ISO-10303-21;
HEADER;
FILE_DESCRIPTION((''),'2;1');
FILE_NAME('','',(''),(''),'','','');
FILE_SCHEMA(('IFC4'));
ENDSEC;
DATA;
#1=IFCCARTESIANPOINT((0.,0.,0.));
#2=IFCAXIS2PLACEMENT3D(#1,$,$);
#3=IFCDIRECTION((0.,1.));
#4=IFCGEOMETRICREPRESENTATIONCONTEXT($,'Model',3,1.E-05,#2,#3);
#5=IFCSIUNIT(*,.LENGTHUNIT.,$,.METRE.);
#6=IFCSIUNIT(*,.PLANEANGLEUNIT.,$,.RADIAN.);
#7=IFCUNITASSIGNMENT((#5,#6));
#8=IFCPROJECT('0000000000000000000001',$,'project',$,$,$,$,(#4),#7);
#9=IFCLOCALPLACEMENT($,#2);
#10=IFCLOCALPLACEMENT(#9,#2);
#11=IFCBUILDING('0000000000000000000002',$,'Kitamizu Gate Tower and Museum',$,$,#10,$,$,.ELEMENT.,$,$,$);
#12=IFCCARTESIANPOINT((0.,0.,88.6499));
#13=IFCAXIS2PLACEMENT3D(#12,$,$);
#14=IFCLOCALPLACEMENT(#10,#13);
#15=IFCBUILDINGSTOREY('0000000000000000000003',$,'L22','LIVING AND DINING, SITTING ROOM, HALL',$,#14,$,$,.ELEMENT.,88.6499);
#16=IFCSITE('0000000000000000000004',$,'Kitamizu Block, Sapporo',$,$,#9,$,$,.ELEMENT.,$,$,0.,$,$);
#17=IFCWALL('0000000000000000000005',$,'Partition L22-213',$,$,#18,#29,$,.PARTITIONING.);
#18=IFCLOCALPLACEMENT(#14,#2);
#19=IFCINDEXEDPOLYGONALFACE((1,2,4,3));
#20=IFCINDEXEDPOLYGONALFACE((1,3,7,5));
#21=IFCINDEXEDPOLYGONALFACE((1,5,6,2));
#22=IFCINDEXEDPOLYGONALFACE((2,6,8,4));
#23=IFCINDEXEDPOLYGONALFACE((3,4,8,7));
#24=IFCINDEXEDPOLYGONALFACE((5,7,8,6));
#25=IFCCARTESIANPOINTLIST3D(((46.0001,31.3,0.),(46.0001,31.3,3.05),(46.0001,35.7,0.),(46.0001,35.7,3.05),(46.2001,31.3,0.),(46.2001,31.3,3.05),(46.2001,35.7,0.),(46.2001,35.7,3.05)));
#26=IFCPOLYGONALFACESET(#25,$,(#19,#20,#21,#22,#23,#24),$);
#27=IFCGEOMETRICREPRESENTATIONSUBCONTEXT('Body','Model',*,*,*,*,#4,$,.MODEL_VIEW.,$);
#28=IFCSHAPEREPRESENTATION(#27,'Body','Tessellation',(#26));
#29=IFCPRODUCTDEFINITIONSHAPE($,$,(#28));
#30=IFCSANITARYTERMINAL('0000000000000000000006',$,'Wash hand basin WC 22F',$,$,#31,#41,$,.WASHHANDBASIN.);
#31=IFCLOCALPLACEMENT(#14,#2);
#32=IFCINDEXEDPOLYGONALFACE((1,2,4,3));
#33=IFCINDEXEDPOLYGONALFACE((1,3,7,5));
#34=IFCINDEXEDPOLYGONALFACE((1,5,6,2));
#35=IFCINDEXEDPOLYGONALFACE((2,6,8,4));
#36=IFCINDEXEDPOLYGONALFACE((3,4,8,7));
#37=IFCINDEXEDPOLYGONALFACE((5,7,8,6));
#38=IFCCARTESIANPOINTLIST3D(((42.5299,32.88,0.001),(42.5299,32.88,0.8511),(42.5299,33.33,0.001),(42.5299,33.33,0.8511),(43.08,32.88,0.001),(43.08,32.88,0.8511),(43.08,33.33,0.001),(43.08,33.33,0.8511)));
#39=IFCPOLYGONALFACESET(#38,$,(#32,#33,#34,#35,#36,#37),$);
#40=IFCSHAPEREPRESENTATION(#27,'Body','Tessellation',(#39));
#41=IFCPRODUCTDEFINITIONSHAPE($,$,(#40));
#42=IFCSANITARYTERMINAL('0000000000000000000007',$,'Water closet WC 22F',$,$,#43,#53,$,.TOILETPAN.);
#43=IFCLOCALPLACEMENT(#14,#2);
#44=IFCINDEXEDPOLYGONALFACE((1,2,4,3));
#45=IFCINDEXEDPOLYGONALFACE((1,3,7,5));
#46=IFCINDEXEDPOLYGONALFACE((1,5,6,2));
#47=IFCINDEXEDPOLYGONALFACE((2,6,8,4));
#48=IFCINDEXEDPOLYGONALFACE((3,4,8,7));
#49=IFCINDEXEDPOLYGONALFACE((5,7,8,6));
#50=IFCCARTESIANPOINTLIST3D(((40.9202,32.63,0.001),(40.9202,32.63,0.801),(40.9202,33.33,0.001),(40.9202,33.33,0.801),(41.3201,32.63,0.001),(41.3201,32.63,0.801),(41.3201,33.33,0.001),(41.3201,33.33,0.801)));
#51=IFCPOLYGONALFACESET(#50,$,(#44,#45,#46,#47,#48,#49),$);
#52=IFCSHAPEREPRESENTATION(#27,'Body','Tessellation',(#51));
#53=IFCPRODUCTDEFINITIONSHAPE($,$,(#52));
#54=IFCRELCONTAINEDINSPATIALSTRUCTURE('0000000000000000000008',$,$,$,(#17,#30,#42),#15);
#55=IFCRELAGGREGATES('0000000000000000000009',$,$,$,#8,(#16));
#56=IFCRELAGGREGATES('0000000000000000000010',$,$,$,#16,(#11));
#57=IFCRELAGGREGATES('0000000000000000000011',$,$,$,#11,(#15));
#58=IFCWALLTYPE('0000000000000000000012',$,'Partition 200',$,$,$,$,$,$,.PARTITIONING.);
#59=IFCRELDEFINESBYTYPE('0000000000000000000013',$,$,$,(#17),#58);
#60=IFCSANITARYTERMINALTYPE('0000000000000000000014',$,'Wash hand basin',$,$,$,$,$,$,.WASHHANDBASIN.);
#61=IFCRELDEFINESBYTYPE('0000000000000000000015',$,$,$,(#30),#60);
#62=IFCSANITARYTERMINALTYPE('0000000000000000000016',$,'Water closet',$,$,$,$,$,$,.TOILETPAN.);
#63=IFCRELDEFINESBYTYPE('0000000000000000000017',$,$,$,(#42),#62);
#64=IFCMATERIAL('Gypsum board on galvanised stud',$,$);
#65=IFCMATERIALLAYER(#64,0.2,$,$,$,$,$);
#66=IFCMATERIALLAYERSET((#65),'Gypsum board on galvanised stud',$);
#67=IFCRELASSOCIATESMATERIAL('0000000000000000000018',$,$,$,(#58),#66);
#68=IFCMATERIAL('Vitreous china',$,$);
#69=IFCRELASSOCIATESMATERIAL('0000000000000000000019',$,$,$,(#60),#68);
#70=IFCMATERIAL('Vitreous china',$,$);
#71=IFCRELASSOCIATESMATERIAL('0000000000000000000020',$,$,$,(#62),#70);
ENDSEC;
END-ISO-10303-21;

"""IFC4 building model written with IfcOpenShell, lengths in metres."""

from ifc_helpers import new_model, si_unit, direction, frame, frame_2d, origin, origin_2d, place, context, subcontext, project, spatial, rectangle, extrude, material, layer, layer_set, type_object, element, save


model = new_model("IFC4")

# Units and contexts
model_context = context("Model", 3, precision=1e-05, world=origin(), true_north=direction((0.0, 1.0)))
body_context = subcontext(model_context, "Body", "Model", "MODEL_VIEW")
ifc_project = project(units=[si_unit("LENGTHUNIT", "METRE"), si_unit("PLANEANGLEUNIT", "RADIAN")], contexts=[model_context])

# Site, building, storey
site_placement = place(None, origin())
site = spatial("IfcSite", under=ifc_project, at=site_placement, Name="Kitamizu Block, Sapporo", CompositionType="ELEMENT", RefElevation=0.0)
building_placement = place(site_placement, origin())
building = spatial("IfcBuilding", under=site, at=building_placement, Name="Kitamizu Gate Tower and Museum", CompositionType="ELEMENT")
storey_placement = place(building_placement, frame((0.0, 0.0, 88.6499)))
storey = spatial("IfcBuildingStorey", under=building, at=storey_placement, Name="L22", Description="LIVING AND DINING, SITTING ROOM, HALL", CompositionType="ELEMENT", Elevation=88.6499)

# Shared definitions
ifc_material_1 = material(Name="Gypsum board on galvanised stud")
ifc_layer_1 = layer(ifc_material_1, 0.2)
ifc_layer_set_1 = layer_set([ifc_layer_1], Name="Gypsum board on galvanised stud")
wall_type_1 = type_object("IfcWallType", Name="Partition 200", PredefinedType="PARTITIONING", material=ifc_layer_set_1)

# Wall
wall_1_placement = place(storey_placement, frame((46.1001, 31.3, 0.0), z_axis=(0.0, 0.0, 1.0), x_axis=(0.0, 1.0, 0.0)))
element("IfcWall", 1, at=wall_1_placement, inside=storey, type_object=wall_type_1, Name="Partition L22-213", PredefinedType="PARTITIONING", context=body_context, shape_type="SweptSolid", body=[
    extrude(rectangle(XDim=4.3999, YDim=0.2, at=frame_2d((2.2, 0.0))), origin(), (0.0, 0.0, 1.0), 3.05),
])

# Sanitary terminals
ifc_material_2 = material(Name="Vitreous china")
sanitary_terminal_type_1 = type_object("IfcSanitaryTerminalType", Name="Wash hand basin", PredefinedType="WASHHANDBASIN", material=ifc_material_2)
sanitary_terminal_1_placement = place(storey_placement, frame((42.8049, 33.105, 0.001), z_axis=(0.0, 0.0, 1.0), x_axis=(1.0, 0.0, 0.0)))
element("IfcSanitaryTerminal", 2, at=sanitary_terminal_1_placement, inside=storey, type_object=sanitary_terminal_type_1, Name="Wash hand basin WC 22F", PredefinedType="WASHHANDBASIN", context=body_context, shape_type="SweptSolid", body=[
    extrude(rectangle(XDim=0.55, YDim=0.45, at=origin_2d()), origin(), (0.0, 0.0, 1.0), 0.8501),
])
ifc_material_3 = material(Name="Vitreous china")
sanitary_terminal_type_2 = type_object("IfcSanitaryTerminalType", Name="Water closet", PredefinedType="TOILETPAN", material=ifc_material_3)
sanitary_terminal_2_placement = place(storey_placement, frame((41.1201, 32.98, 0.001), z_axis=(0.0, 0.0, 1.0), x_axis=(1.0, 0.0, 0.0)))
element("IfcSanitaryTerminal", 3, at=sanitary_terminal_2_placement, inside=storey, type_object=sanitary_terminal_type_2, Name="Water closet WC 22F", PredefinedType="TOILETPAN", context=body_context, shape_type="SweptSolid", body=[
    extrude(rectangle(XDim=0.3999, YDim=0.7, at=origin_2d()), origin(), (0.0, 0.0, 1.0), 0.8),
])

save(model, "model.ifc")
